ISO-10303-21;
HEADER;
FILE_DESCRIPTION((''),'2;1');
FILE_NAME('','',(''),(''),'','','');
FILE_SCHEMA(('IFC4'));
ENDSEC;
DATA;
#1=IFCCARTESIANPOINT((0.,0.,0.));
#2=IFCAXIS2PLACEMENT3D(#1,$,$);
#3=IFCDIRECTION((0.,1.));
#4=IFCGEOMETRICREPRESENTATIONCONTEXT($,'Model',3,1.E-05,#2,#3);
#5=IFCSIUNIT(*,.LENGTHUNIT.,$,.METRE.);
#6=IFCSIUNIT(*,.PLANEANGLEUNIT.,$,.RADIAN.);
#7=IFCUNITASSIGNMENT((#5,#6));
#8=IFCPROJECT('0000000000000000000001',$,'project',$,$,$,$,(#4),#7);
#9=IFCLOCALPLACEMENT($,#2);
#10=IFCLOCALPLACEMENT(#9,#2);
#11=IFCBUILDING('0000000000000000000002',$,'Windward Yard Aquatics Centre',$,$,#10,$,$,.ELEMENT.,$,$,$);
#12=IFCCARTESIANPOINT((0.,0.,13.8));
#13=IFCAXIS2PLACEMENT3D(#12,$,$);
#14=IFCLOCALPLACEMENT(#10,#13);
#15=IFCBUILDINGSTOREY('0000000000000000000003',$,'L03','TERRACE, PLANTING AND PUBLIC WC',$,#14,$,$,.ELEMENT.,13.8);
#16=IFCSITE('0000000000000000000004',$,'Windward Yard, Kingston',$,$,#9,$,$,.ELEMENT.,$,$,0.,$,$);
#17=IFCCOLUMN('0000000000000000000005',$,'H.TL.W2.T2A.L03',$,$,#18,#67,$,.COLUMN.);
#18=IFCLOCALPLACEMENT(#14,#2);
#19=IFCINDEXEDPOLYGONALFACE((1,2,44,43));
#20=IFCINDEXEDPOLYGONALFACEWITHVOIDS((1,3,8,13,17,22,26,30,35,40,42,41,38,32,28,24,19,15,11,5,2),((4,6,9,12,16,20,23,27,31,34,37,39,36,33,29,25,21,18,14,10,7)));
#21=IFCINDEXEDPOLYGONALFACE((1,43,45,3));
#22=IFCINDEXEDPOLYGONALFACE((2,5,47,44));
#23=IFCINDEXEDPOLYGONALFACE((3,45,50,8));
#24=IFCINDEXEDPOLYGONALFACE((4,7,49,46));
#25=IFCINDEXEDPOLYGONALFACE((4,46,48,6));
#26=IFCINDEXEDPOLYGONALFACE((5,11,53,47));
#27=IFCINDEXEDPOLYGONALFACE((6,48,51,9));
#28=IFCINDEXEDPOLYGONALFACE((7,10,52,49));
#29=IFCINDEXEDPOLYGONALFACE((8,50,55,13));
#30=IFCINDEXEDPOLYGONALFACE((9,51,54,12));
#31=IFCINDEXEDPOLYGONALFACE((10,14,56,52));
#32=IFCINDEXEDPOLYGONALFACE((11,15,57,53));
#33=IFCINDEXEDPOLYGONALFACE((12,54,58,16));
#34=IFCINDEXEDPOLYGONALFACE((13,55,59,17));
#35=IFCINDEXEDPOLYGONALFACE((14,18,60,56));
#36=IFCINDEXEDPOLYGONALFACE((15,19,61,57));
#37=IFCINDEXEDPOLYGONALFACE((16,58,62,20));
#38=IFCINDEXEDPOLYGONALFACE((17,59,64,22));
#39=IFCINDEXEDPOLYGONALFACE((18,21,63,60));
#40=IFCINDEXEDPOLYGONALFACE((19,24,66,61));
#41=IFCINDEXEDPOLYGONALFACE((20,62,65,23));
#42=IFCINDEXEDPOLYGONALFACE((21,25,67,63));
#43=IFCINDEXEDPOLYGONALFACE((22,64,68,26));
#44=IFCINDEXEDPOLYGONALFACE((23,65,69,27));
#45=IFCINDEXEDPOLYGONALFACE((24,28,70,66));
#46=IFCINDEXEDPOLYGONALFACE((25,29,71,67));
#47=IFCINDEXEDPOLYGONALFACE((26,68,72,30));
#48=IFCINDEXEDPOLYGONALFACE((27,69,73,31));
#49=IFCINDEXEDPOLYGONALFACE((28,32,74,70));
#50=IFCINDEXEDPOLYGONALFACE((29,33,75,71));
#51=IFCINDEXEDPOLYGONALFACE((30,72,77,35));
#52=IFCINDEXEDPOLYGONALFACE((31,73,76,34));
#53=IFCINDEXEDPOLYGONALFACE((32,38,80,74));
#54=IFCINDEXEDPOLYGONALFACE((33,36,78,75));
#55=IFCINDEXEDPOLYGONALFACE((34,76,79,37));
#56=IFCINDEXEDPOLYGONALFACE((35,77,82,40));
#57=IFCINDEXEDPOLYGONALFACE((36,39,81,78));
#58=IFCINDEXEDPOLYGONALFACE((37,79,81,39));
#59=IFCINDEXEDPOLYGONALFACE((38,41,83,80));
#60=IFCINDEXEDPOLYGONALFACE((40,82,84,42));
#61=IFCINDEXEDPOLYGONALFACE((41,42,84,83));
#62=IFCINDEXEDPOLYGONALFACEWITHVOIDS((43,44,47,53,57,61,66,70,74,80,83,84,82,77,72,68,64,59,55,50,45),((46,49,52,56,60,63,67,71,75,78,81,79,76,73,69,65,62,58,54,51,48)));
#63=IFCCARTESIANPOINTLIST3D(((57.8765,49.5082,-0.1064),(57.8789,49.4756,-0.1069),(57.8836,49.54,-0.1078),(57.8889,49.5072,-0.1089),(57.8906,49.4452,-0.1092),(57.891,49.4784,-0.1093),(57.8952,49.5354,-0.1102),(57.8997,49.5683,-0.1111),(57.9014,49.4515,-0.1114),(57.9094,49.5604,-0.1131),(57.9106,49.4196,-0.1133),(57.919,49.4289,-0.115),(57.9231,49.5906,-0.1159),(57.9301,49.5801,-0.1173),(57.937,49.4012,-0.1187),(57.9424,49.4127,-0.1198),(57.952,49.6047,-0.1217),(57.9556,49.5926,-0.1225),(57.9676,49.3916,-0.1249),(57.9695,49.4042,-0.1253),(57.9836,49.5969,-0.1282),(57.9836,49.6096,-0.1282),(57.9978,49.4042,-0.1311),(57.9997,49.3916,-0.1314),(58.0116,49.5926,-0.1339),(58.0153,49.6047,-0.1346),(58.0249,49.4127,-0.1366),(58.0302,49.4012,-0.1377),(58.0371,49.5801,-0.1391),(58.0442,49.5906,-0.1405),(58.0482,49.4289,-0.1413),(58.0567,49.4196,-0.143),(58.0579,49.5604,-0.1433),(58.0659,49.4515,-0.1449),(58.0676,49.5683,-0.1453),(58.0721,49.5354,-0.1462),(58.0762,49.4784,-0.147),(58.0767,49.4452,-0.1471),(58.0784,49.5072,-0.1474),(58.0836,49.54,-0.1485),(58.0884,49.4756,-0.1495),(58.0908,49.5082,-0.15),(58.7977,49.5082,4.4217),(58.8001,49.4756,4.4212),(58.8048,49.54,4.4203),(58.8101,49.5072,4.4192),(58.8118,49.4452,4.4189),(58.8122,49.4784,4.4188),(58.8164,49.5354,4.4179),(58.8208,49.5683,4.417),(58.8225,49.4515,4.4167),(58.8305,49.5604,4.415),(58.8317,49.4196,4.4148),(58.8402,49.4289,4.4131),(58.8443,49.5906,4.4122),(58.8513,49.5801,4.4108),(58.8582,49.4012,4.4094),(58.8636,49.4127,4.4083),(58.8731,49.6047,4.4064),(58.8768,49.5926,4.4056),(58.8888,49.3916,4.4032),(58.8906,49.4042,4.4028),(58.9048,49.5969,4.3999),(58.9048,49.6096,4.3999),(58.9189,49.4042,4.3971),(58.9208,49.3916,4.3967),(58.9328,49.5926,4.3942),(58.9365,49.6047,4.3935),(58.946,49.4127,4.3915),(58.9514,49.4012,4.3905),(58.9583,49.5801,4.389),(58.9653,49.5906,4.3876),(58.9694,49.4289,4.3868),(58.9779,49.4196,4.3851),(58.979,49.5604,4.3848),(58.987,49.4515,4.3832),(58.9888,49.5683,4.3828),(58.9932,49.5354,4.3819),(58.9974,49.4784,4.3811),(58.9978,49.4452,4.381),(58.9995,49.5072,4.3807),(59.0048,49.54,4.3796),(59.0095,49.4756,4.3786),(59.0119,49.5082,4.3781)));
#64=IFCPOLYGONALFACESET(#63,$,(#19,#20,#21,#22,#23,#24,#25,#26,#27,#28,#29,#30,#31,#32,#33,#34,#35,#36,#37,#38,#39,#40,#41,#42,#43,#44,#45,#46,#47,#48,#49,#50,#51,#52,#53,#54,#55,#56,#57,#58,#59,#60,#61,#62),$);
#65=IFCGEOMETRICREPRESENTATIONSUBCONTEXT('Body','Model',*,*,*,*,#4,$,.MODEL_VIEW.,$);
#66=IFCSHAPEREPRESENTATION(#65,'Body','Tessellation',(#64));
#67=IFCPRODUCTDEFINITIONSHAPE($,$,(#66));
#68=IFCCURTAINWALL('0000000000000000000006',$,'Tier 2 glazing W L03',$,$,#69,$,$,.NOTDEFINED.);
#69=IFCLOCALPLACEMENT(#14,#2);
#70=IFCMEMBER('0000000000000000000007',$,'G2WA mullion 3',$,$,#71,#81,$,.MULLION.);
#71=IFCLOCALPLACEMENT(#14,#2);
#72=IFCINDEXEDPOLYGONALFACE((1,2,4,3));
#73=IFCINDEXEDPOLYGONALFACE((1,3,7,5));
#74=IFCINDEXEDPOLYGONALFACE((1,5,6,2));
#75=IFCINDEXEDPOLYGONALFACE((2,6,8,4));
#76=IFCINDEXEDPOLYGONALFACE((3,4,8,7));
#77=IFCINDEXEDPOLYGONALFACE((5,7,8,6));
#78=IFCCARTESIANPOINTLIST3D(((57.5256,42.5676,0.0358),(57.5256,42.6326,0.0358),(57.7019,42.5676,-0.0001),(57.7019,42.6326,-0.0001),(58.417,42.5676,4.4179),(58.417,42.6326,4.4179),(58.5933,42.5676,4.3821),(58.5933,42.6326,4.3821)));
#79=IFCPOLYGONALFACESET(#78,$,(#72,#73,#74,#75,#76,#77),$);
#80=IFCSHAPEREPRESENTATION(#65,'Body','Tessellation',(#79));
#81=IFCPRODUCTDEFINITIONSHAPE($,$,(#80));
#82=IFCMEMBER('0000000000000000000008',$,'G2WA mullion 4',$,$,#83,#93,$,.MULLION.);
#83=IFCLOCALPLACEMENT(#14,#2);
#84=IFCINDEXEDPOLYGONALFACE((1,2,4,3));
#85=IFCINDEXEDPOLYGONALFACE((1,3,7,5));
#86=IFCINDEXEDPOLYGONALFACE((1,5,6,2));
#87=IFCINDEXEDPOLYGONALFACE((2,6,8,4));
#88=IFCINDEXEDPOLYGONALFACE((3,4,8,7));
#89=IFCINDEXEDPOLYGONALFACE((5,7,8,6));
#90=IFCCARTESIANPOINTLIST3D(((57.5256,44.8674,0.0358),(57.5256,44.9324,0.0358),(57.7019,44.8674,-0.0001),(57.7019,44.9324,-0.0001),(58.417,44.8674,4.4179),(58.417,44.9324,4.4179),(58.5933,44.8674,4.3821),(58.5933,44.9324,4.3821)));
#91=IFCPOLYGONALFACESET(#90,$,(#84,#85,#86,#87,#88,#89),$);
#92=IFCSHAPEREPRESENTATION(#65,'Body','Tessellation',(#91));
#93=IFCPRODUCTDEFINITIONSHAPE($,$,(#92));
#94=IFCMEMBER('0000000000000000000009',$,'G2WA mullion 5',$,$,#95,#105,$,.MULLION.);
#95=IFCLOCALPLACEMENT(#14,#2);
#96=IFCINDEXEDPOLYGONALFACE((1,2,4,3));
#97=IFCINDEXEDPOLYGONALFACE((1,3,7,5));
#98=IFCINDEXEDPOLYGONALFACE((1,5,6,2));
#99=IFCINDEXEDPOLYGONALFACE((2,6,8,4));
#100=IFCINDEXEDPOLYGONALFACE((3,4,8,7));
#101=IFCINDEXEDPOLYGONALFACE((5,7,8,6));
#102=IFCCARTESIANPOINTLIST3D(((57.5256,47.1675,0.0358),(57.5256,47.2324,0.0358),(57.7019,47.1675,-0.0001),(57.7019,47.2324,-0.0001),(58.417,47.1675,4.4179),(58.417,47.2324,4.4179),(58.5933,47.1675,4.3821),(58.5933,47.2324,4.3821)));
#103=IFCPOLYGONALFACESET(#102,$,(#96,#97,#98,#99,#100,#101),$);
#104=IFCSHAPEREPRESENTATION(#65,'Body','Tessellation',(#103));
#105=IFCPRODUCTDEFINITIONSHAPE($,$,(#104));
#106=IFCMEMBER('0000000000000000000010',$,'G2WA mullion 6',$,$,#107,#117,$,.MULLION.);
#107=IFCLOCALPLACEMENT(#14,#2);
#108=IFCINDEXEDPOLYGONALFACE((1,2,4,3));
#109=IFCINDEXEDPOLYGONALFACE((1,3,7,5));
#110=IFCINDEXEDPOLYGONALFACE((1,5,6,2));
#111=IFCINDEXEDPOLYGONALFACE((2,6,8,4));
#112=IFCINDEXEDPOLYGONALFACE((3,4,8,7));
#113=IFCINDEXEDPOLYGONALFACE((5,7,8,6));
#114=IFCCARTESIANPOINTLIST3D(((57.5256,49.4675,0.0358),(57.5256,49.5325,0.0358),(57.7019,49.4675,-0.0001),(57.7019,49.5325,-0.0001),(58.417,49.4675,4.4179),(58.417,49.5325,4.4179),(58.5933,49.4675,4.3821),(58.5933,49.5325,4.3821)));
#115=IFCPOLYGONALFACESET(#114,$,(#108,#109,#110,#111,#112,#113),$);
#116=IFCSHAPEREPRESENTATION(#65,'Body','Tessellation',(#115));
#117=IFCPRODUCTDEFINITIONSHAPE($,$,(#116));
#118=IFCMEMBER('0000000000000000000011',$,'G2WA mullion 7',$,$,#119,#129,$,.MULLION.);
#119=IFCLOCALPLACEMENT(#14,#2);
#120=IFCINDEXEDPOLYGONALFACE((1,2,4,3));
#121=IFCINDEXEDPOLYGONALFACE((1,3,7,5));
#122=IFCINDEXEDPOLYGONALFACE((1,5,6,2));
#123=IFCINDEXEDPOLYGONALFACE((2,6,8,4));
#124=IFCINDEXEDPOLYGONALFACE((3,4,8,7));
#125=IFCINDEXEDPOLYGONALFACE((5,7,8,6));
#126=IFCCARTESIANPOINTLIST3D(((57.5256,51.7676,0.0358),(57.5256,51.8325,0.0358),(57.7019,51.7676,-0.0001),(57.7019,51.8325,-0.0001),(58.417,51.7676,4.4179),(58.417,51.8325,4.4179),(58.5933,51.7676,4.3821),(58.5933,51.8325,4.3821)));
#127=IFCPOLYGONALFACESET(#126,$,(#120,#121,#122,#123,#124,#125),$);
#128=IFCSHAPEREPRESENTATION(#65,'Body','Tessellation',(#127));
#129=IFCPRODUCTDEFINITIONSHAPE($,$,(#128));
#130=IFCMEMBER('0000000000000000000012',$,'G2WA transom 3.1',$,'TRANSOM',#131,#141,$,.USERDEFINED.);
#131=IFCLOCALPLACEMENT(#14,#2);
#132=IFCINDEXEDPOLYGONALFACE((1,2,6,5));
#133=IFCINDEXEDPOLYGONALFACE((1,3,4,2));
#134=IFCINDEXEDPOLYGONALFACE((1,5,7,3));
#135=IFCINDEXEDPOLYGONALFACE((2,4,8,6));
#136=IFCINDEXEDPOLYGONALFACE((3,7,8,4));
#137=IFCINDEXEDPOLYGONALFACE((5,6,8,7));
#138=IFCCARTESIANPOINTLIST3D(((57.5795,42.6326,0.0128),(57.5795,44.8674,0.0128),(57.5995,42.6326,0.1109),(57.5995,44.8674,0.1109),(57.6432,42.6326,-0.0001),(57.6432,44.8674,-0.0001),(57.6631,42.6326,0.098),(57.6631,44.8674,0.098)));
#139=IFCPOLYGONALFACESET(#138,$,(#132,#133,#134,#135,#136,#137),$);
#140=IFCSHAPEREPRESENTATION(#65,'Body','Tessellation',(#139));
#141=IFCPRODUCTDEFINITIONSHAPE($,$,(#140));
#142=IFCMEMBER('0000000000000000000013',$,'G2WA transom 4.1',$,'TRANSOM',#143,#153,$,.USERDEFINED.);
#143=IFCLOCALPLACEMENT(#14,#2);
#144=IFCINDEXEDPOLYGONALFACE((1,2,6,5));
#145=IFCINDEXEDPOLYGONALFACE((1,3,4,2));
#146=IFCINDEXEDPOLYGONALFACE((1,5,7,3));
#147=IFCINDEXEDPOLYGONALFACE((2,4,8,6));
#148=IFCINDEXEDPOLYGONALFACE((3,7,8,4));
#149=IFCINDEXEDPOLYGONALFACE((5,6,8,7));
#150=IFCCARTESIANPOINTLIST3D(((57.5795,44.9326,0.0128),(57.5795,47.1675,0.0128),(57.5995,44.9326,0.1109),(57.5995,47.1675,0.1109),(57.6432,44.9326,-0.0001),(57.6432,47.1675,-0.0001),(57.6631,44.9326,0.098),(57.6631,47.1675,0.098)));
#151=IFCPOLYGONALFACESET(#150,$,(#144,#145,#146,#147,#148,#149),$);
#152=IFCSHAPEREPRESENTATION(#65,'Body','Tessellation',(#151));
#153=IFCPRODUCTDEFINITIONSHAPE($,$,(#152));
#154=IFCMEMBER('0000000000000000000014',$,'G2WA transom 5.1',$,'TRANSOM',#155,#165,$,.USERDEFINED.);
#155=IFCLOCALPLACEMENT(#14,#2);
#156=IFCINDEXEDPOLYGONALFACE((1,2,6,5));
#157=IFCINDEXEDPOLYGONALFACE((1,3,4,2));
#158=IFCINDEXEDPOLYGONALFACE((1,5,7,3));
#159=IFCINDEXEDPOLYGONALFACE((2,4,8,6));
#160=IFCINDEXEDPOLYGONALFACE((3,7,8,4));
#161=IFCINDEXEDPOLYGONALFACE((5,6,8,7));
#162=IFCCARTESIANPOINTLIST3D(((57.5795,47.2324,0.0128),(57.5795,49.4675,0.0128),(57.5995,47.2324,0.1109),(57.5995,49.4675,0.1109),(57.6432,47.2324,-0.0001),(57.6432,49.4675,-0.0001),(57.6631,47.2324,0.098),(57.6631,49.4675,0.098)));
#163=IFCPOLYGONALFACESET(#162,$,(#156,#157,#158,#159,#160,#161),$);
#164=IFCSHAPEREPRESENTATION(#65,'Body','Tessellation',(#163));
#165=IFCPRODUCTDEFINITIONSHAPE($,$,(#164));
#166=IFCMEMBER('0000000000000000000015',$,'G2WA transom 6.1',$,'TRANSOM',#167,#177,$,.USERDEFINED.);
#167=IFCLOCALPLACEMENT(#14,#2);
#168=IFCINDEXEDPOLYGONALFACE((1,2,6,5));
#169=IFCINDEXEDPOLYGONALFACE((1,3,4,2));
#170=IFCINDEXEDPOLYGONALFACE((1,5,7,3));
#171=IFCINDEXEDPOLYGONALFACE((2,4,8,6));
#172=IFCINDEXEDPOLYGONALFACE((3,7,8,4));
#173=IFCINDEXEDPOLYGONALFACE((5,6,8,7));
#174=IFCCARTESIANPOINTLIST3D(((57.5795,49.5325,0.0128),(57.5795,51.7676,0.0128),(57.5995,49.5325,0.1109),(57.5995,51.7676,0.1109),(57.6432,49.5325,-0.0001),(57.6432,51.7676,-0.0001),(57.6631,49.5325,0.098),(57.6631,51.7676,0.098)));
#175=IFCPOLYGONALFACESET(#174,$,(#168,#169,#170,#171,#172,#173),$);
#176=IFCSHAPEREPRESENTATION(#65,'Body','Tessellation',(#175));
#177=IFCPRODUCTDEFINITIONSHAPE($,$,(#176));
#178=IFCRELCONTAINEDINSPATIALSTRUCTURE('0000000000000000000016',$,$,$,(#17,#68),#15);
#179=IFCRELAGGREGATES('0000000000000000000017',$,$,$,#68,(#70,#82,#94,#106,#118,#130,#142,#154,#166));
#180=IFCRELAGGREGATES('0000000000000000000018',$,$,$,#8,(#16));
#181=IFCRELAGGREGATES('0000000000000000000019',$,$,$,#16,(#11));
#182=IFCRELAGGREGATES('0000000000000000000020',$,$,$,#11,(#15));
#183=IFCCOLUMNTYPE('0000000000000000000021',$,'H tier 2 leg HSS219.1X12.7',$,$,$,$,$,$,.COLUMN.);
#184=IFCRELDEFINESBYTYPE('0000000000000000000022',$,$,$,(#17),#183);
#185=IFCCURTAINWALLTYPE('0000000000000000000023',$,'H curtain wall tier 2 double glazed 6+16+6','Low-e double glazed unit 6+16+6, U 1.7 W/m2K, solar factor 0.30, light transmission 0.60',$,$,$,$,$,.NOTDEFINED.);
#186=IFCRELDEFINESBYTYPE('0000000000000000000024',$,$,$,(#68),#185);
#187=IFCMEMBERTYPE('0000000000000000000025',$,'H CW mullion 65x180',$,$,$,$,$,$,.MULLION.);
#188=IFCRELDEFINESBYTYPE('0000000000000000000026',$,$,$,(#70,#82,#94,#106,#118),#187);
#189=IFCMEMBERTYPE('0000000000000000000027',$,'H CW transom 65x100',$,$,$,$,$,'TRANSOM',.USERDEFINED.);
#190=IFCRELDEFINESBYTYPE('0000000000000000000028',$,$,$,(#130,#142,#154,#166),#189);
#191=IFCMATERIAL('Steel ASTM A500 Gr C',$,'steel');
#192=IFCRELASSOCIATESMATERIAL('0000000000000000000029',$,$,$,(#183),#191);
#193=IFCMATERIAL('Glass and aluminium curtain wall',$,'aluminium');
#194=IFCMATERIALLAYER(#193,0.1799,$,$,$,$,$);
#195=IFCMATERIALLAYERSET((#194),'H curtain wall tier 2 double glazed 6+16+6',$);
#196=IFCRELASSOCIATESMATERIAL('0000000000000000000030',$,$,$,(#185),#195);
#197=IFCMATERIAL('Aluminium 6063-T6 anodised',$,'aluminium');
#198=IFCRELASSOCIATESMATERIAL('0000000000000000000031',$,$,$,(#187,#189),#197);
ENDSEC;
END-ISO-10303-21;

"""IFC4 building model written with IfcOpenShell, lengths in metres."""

from ifc_helpers import new_model, si_unit, direction, frame, origin, origin_2d, place, context, subcontext, project, spatial, rectangle, hollow_circle, extrude, material, layer, layer_set, material_profile, profile_set, type_object, element, aggregate, save


model = new_model("IFC4")

# Units and contexts
model_context = context("Model", 3, precision=1e-05, world=origin(), true_north=direction((0.0, 1.0)))
body_context = subcontext(model_context, "Body", "Model", "MODEL_VIEW")
ifc_project = project(units=[si_unit("LENGTHUNIT", "METRE"), si_unit("PLANEANGLEUNIT", "RADIAN")], contexts=[model_context])

# Site, building, storey
site_placement = place(None, origin())
site = spatial("IfcSite", under=ifc_project, at=site_placement, Name="Windward Yard, Kingston", CompositionType="ELEMENT", RefElevation=0.0)
building_placement = place(site_placement, origin())
building = spatial("IfcBuilding", under=site, at=building_placement, Name="Windward Yard Aquatics Centre", CompositionType="ELEMENT")
storey_placement = place(building_placement, frame((0.0, 0.0, 13.8)))
storey = spatial("IfcBuildingStorey", under=building, at=storey_placement, Name="L03", Description="TERRACE, PLANTING AND PUBLIC WC", CompositionType="ELEMENT", Elevation=13.8)

# Column
ifc_material_1 = material(Name="Steel ASTM A500 Gr C", Category="steel")
ifc_material_profile_1 = material_profile(ifc_material_1, hollow_circle(Radius=0.1096, WallThickness=0.0127, at=origin_2d()), Name="HSS219.1X12.7")
ifc_profile_set_1 = profile_set([ifc_material_profile_1], Name="Steel ASTM A500 Gr C")
column_type = type_object("IfcColumnType", Name="H tier 2 leg HSS219.1X12.7", PredefinedType="COLUMN", material=ifc_profile_set_1)
column_placement = place(storey_placement, frame((57.9836, 49.5, -0.1282), z_axis=(0.199346, 0.0, 0.979929), x_axis=(0.0, 1.0, 0.0)))
element("IfcColumn", 1, at=column_placement, inside=storey, type_object=column_type, Name="H.TL.W2.T2A.L03", PredefinedType="COLUMN", context=body_context, shape_type="SweptSolid", body=[
    extrude(hollow_circle(Radius=0.1096, WallThickness=0.0127, at=origin_2d()), origin(), (0.0, 0.0, 1.0), 4.6208),
])

# Curtain wall, members
ifc_material_2 = material(Name="Glass and aluminium curtain wall", Category="aluminium")
ifc_layer_1 = layer(ifc_material_2, 0.1799)
ifc_layer_set_1 = layer_set([ifc_layer_1], Name="H curtain wall tier 2 double glazed 6+16+6")
curtain_wall_type = type_object("IfcCurtainWallType", Name="H curtain wall tier 2 double glazed 6+16+6", Description="Low-e double glazed unit 6+16+6, U 1.7 W/m2K, solar factor 0.30, light transmission 0.60", PredefinedType="NOTDEFINED", material=ifc_layer_set_1)
curtain_wall_placement = place(storey_placement, origin())
curtain_wall = element("IfcCurtainWall", 2, at=curtain_wall_placement, inside=storey, type_object=curtain_wall_type, Name="Tier 2 glazing W L03", PredefinedType="NOTDEFINED")
ifc_material_3 = material(Name="Aluminium 6063-T6 anodised", Category="aluminium")
ifc_material_profile_2 = material_profile(ifc_material_3, rectangle(XDim=0.0649, YDim=0.1799, at=origin_2d()), Name="H CW mullion 65x180")
ifc_profile_set_2 = profile_set([ifc_material_profile_2], Name="Aluminium 6063-T6 anodised")
member_type_1 = type_object("IfcMemberType", Name="H CW mullion 65x180", PredefinedType="MULLION", material=ifc_profile_set_2)
member_1_placement = place(storey_placement, frame((57.6138, 42.6001, 0.0178), z_axis=(0.199328, 0.0, 0.979933), x_axis=(0.0, 1.0, 0.0)))
member_1 = element("IfcMember", 3, at=member_1_placement, type_object=member_type_1, Name="G2WA mullion 3", PredefinedType="MULLION", context=body_context, shape_type="SweptSolid", body=[
    extrude(rectangle(XDim=0.0649, YDim=0.1799, at=origin_2d()), origin(), (0.0, 0.0, 1.0), 4.4719),
])
member_2_placement = place(storey_placement, frame((57.6138, 44.8999, 0.0178), z_axis=(0.199328, 0.0, 0.979933), x_axis=(0.0, 1.0, 0.0)))
member_2 = element("IfcMember", 4, at=member_2_placement, type_object=member_type_1, Name="G2WA mullion 4", PredefinedType="MULLION", context=body_context, shape_type="SweptSolid", body=[
    extrude(rectangle(XDim=0.0649, YDim=0.1799, at=origin_2d()), origin(), (0.0, 0.0, 1.0), 4.4719),
])
member_3_placement = place(storey_placement, frame((57.6138, 47.2, 0.0178), z_axis=(0.199328, 0.0, 0.979933), x_axis=(0.0, 1.0, 0.0)))
member_3 = element("IfcMember", 5, at=member_3_placement, type_object=member_type_1, Name="G2WA mullion 5", PredefinedType="MULLION", context=body_context, shape_type="SweptSolid", body=[
    extrude(rectangle(XDim=0.0649, YDim=0.1799, at=origin_2d()), origin(), (0.0, 0.0, 1.0), 4.4719),
])
member_4_placement = place(storey_placement, frame((57.6138, 49.5, 0.0178), z_axis=(0.199328, 0.0, 0.979933), x_axis=(0.0, 1.0, 0.0)))
member_4 = element("IfcMember", 6, at=member_4_placement, type_object=member_type_1, Name="G2WA mullion 6", PredefinedType="MULLION", context=body_context, shape_type="SweptSolid", body=[
    extrude(rectangle(XDim=0.0649, YDim=0.1799, at=origin_2d()), origin(), (0.0, 0.0, 1.0), 4.4719),
])
member_5_placement = place(storey_placement, frame((57.6138, 51.8, 0.0178), z_axis=(0.199328, 0.0, 0.979933), x_axis=(0.0, 1.0, 0.0)))
member_5 = element("IfcMember", 7, at=member_5_placement, type_object=member_type_1, Name="G2WA mullion 7", PredefinedType="MULLION", context=body_context, shape_type="SweptSolid", body=[
    extrude(rectangle(XDim=0.0649, YDim=0.1799, at=origin_2d()), origin(), (0.0, 0.0, 1.0), 4.4719),
])
ifc_material_profile_3 = material_profile(ifc_material_3, rectangle(XDim=0.0649, YDim=0.1001, at=origin_2d()), Name="H CW transom 65x100")
ifc_profile_set_3 = profile_set([ifc_material_profile_3], Name="Aluminium 6063-T6 anodised")
member_type_2 = type_object("IfcMemberType", Name="H CW transom 65x100", ElementType="TRANSOM", PredefinedType="USERDEFINED", material=ifc_profile_set_3)
member_6_placement = place(storey_placement, frame((57.6213, 42.6326, 0.0554), z_axis=(0.0, 1.0, 0.0), x_axis=(-0.979925, 0.0, 0.199368)))
member_6 = element("IfcMember", 8, at=member_6_placement, type_object=member_type_2, Name="G2WA transom 3.1", ObjectType="TRANSOM", PredefinedType="USERDEFINED", context=body_context, shape_type="SweptSolid", body=[
    extrude(rectangle(XDim=0.0649, YDim=0.1001, at=origin_2d()), origin(), (0.0, 0.0, 1.0), 2.2349),
])
member_7_placement = place(storey_placement, frame((57.6213, 44.9326, 0.0554), z_axis=(0.0, 1.0, 0.0), x_axis=(-0.979925, 0.0, 0.199368)))
member_7 = element("IfcMember", 9, at=member_7_placement, type_object=member_type_2, Name="G2WA transom 4.1", ObjectType="TRANSOM", PredefinedType="USERDEFINED", context=body_context, shape_type="SweptSolid", body=[
    extrude(rectangle(XDim=0.0649, YDim=0.1001, at=origin_2d()), origin(), (0.0, 0.0, 1.0), 2.2349),
])
member_8_placement = place(storey_placement, frame((57.6213, 47.2324, 0.0554), z_axis=(0.0, 1.0, 0.0), x_axis=(-0.979925, 0.0, 0.199368)))
member_8 = element("IfcMember", 10, at=member_8_placement, type_object=member_type_2, Name="G2WA transom 5.1", ObjectType="TRANSOM", PredefinedType="USERDEFINED", context=body_context, shape_type="SweptSolid", body=[
    extrude(rectangle(XDim=0.0649, YDim=0.1001, at=origin_2d()), origin(), (0.0, 0.0, 1.0), 2.2351),
])
member_9_placement = place(storey_placement, frame((57.6213, 49.5325, 0.0554), z_axis=(0.0, 1.0, 0.0), x_axis=(-0.979925, 0.0, 0.199368)))
member_9 = element("IfcMember", 11, at=member_9_placement, type_object=member_type_2, Name="G2WA transom 6.1", ObjectType="TRANSOM", PredefinedType="USERDEFINED", context=body_context, shape_type="SweptSolid", body=[
    extrude(rectangle(XDim=0.0649, YDim=0.1001, at=origin_2d()), origin(), (0.0, 0.0, 1.0), 2.2351),
])

aggregate(curtain_wall, [member_1, member_2, member_3, member_4, member_5, member_6, member_7, member_8, member_9])

save(model, "model.ifc")
